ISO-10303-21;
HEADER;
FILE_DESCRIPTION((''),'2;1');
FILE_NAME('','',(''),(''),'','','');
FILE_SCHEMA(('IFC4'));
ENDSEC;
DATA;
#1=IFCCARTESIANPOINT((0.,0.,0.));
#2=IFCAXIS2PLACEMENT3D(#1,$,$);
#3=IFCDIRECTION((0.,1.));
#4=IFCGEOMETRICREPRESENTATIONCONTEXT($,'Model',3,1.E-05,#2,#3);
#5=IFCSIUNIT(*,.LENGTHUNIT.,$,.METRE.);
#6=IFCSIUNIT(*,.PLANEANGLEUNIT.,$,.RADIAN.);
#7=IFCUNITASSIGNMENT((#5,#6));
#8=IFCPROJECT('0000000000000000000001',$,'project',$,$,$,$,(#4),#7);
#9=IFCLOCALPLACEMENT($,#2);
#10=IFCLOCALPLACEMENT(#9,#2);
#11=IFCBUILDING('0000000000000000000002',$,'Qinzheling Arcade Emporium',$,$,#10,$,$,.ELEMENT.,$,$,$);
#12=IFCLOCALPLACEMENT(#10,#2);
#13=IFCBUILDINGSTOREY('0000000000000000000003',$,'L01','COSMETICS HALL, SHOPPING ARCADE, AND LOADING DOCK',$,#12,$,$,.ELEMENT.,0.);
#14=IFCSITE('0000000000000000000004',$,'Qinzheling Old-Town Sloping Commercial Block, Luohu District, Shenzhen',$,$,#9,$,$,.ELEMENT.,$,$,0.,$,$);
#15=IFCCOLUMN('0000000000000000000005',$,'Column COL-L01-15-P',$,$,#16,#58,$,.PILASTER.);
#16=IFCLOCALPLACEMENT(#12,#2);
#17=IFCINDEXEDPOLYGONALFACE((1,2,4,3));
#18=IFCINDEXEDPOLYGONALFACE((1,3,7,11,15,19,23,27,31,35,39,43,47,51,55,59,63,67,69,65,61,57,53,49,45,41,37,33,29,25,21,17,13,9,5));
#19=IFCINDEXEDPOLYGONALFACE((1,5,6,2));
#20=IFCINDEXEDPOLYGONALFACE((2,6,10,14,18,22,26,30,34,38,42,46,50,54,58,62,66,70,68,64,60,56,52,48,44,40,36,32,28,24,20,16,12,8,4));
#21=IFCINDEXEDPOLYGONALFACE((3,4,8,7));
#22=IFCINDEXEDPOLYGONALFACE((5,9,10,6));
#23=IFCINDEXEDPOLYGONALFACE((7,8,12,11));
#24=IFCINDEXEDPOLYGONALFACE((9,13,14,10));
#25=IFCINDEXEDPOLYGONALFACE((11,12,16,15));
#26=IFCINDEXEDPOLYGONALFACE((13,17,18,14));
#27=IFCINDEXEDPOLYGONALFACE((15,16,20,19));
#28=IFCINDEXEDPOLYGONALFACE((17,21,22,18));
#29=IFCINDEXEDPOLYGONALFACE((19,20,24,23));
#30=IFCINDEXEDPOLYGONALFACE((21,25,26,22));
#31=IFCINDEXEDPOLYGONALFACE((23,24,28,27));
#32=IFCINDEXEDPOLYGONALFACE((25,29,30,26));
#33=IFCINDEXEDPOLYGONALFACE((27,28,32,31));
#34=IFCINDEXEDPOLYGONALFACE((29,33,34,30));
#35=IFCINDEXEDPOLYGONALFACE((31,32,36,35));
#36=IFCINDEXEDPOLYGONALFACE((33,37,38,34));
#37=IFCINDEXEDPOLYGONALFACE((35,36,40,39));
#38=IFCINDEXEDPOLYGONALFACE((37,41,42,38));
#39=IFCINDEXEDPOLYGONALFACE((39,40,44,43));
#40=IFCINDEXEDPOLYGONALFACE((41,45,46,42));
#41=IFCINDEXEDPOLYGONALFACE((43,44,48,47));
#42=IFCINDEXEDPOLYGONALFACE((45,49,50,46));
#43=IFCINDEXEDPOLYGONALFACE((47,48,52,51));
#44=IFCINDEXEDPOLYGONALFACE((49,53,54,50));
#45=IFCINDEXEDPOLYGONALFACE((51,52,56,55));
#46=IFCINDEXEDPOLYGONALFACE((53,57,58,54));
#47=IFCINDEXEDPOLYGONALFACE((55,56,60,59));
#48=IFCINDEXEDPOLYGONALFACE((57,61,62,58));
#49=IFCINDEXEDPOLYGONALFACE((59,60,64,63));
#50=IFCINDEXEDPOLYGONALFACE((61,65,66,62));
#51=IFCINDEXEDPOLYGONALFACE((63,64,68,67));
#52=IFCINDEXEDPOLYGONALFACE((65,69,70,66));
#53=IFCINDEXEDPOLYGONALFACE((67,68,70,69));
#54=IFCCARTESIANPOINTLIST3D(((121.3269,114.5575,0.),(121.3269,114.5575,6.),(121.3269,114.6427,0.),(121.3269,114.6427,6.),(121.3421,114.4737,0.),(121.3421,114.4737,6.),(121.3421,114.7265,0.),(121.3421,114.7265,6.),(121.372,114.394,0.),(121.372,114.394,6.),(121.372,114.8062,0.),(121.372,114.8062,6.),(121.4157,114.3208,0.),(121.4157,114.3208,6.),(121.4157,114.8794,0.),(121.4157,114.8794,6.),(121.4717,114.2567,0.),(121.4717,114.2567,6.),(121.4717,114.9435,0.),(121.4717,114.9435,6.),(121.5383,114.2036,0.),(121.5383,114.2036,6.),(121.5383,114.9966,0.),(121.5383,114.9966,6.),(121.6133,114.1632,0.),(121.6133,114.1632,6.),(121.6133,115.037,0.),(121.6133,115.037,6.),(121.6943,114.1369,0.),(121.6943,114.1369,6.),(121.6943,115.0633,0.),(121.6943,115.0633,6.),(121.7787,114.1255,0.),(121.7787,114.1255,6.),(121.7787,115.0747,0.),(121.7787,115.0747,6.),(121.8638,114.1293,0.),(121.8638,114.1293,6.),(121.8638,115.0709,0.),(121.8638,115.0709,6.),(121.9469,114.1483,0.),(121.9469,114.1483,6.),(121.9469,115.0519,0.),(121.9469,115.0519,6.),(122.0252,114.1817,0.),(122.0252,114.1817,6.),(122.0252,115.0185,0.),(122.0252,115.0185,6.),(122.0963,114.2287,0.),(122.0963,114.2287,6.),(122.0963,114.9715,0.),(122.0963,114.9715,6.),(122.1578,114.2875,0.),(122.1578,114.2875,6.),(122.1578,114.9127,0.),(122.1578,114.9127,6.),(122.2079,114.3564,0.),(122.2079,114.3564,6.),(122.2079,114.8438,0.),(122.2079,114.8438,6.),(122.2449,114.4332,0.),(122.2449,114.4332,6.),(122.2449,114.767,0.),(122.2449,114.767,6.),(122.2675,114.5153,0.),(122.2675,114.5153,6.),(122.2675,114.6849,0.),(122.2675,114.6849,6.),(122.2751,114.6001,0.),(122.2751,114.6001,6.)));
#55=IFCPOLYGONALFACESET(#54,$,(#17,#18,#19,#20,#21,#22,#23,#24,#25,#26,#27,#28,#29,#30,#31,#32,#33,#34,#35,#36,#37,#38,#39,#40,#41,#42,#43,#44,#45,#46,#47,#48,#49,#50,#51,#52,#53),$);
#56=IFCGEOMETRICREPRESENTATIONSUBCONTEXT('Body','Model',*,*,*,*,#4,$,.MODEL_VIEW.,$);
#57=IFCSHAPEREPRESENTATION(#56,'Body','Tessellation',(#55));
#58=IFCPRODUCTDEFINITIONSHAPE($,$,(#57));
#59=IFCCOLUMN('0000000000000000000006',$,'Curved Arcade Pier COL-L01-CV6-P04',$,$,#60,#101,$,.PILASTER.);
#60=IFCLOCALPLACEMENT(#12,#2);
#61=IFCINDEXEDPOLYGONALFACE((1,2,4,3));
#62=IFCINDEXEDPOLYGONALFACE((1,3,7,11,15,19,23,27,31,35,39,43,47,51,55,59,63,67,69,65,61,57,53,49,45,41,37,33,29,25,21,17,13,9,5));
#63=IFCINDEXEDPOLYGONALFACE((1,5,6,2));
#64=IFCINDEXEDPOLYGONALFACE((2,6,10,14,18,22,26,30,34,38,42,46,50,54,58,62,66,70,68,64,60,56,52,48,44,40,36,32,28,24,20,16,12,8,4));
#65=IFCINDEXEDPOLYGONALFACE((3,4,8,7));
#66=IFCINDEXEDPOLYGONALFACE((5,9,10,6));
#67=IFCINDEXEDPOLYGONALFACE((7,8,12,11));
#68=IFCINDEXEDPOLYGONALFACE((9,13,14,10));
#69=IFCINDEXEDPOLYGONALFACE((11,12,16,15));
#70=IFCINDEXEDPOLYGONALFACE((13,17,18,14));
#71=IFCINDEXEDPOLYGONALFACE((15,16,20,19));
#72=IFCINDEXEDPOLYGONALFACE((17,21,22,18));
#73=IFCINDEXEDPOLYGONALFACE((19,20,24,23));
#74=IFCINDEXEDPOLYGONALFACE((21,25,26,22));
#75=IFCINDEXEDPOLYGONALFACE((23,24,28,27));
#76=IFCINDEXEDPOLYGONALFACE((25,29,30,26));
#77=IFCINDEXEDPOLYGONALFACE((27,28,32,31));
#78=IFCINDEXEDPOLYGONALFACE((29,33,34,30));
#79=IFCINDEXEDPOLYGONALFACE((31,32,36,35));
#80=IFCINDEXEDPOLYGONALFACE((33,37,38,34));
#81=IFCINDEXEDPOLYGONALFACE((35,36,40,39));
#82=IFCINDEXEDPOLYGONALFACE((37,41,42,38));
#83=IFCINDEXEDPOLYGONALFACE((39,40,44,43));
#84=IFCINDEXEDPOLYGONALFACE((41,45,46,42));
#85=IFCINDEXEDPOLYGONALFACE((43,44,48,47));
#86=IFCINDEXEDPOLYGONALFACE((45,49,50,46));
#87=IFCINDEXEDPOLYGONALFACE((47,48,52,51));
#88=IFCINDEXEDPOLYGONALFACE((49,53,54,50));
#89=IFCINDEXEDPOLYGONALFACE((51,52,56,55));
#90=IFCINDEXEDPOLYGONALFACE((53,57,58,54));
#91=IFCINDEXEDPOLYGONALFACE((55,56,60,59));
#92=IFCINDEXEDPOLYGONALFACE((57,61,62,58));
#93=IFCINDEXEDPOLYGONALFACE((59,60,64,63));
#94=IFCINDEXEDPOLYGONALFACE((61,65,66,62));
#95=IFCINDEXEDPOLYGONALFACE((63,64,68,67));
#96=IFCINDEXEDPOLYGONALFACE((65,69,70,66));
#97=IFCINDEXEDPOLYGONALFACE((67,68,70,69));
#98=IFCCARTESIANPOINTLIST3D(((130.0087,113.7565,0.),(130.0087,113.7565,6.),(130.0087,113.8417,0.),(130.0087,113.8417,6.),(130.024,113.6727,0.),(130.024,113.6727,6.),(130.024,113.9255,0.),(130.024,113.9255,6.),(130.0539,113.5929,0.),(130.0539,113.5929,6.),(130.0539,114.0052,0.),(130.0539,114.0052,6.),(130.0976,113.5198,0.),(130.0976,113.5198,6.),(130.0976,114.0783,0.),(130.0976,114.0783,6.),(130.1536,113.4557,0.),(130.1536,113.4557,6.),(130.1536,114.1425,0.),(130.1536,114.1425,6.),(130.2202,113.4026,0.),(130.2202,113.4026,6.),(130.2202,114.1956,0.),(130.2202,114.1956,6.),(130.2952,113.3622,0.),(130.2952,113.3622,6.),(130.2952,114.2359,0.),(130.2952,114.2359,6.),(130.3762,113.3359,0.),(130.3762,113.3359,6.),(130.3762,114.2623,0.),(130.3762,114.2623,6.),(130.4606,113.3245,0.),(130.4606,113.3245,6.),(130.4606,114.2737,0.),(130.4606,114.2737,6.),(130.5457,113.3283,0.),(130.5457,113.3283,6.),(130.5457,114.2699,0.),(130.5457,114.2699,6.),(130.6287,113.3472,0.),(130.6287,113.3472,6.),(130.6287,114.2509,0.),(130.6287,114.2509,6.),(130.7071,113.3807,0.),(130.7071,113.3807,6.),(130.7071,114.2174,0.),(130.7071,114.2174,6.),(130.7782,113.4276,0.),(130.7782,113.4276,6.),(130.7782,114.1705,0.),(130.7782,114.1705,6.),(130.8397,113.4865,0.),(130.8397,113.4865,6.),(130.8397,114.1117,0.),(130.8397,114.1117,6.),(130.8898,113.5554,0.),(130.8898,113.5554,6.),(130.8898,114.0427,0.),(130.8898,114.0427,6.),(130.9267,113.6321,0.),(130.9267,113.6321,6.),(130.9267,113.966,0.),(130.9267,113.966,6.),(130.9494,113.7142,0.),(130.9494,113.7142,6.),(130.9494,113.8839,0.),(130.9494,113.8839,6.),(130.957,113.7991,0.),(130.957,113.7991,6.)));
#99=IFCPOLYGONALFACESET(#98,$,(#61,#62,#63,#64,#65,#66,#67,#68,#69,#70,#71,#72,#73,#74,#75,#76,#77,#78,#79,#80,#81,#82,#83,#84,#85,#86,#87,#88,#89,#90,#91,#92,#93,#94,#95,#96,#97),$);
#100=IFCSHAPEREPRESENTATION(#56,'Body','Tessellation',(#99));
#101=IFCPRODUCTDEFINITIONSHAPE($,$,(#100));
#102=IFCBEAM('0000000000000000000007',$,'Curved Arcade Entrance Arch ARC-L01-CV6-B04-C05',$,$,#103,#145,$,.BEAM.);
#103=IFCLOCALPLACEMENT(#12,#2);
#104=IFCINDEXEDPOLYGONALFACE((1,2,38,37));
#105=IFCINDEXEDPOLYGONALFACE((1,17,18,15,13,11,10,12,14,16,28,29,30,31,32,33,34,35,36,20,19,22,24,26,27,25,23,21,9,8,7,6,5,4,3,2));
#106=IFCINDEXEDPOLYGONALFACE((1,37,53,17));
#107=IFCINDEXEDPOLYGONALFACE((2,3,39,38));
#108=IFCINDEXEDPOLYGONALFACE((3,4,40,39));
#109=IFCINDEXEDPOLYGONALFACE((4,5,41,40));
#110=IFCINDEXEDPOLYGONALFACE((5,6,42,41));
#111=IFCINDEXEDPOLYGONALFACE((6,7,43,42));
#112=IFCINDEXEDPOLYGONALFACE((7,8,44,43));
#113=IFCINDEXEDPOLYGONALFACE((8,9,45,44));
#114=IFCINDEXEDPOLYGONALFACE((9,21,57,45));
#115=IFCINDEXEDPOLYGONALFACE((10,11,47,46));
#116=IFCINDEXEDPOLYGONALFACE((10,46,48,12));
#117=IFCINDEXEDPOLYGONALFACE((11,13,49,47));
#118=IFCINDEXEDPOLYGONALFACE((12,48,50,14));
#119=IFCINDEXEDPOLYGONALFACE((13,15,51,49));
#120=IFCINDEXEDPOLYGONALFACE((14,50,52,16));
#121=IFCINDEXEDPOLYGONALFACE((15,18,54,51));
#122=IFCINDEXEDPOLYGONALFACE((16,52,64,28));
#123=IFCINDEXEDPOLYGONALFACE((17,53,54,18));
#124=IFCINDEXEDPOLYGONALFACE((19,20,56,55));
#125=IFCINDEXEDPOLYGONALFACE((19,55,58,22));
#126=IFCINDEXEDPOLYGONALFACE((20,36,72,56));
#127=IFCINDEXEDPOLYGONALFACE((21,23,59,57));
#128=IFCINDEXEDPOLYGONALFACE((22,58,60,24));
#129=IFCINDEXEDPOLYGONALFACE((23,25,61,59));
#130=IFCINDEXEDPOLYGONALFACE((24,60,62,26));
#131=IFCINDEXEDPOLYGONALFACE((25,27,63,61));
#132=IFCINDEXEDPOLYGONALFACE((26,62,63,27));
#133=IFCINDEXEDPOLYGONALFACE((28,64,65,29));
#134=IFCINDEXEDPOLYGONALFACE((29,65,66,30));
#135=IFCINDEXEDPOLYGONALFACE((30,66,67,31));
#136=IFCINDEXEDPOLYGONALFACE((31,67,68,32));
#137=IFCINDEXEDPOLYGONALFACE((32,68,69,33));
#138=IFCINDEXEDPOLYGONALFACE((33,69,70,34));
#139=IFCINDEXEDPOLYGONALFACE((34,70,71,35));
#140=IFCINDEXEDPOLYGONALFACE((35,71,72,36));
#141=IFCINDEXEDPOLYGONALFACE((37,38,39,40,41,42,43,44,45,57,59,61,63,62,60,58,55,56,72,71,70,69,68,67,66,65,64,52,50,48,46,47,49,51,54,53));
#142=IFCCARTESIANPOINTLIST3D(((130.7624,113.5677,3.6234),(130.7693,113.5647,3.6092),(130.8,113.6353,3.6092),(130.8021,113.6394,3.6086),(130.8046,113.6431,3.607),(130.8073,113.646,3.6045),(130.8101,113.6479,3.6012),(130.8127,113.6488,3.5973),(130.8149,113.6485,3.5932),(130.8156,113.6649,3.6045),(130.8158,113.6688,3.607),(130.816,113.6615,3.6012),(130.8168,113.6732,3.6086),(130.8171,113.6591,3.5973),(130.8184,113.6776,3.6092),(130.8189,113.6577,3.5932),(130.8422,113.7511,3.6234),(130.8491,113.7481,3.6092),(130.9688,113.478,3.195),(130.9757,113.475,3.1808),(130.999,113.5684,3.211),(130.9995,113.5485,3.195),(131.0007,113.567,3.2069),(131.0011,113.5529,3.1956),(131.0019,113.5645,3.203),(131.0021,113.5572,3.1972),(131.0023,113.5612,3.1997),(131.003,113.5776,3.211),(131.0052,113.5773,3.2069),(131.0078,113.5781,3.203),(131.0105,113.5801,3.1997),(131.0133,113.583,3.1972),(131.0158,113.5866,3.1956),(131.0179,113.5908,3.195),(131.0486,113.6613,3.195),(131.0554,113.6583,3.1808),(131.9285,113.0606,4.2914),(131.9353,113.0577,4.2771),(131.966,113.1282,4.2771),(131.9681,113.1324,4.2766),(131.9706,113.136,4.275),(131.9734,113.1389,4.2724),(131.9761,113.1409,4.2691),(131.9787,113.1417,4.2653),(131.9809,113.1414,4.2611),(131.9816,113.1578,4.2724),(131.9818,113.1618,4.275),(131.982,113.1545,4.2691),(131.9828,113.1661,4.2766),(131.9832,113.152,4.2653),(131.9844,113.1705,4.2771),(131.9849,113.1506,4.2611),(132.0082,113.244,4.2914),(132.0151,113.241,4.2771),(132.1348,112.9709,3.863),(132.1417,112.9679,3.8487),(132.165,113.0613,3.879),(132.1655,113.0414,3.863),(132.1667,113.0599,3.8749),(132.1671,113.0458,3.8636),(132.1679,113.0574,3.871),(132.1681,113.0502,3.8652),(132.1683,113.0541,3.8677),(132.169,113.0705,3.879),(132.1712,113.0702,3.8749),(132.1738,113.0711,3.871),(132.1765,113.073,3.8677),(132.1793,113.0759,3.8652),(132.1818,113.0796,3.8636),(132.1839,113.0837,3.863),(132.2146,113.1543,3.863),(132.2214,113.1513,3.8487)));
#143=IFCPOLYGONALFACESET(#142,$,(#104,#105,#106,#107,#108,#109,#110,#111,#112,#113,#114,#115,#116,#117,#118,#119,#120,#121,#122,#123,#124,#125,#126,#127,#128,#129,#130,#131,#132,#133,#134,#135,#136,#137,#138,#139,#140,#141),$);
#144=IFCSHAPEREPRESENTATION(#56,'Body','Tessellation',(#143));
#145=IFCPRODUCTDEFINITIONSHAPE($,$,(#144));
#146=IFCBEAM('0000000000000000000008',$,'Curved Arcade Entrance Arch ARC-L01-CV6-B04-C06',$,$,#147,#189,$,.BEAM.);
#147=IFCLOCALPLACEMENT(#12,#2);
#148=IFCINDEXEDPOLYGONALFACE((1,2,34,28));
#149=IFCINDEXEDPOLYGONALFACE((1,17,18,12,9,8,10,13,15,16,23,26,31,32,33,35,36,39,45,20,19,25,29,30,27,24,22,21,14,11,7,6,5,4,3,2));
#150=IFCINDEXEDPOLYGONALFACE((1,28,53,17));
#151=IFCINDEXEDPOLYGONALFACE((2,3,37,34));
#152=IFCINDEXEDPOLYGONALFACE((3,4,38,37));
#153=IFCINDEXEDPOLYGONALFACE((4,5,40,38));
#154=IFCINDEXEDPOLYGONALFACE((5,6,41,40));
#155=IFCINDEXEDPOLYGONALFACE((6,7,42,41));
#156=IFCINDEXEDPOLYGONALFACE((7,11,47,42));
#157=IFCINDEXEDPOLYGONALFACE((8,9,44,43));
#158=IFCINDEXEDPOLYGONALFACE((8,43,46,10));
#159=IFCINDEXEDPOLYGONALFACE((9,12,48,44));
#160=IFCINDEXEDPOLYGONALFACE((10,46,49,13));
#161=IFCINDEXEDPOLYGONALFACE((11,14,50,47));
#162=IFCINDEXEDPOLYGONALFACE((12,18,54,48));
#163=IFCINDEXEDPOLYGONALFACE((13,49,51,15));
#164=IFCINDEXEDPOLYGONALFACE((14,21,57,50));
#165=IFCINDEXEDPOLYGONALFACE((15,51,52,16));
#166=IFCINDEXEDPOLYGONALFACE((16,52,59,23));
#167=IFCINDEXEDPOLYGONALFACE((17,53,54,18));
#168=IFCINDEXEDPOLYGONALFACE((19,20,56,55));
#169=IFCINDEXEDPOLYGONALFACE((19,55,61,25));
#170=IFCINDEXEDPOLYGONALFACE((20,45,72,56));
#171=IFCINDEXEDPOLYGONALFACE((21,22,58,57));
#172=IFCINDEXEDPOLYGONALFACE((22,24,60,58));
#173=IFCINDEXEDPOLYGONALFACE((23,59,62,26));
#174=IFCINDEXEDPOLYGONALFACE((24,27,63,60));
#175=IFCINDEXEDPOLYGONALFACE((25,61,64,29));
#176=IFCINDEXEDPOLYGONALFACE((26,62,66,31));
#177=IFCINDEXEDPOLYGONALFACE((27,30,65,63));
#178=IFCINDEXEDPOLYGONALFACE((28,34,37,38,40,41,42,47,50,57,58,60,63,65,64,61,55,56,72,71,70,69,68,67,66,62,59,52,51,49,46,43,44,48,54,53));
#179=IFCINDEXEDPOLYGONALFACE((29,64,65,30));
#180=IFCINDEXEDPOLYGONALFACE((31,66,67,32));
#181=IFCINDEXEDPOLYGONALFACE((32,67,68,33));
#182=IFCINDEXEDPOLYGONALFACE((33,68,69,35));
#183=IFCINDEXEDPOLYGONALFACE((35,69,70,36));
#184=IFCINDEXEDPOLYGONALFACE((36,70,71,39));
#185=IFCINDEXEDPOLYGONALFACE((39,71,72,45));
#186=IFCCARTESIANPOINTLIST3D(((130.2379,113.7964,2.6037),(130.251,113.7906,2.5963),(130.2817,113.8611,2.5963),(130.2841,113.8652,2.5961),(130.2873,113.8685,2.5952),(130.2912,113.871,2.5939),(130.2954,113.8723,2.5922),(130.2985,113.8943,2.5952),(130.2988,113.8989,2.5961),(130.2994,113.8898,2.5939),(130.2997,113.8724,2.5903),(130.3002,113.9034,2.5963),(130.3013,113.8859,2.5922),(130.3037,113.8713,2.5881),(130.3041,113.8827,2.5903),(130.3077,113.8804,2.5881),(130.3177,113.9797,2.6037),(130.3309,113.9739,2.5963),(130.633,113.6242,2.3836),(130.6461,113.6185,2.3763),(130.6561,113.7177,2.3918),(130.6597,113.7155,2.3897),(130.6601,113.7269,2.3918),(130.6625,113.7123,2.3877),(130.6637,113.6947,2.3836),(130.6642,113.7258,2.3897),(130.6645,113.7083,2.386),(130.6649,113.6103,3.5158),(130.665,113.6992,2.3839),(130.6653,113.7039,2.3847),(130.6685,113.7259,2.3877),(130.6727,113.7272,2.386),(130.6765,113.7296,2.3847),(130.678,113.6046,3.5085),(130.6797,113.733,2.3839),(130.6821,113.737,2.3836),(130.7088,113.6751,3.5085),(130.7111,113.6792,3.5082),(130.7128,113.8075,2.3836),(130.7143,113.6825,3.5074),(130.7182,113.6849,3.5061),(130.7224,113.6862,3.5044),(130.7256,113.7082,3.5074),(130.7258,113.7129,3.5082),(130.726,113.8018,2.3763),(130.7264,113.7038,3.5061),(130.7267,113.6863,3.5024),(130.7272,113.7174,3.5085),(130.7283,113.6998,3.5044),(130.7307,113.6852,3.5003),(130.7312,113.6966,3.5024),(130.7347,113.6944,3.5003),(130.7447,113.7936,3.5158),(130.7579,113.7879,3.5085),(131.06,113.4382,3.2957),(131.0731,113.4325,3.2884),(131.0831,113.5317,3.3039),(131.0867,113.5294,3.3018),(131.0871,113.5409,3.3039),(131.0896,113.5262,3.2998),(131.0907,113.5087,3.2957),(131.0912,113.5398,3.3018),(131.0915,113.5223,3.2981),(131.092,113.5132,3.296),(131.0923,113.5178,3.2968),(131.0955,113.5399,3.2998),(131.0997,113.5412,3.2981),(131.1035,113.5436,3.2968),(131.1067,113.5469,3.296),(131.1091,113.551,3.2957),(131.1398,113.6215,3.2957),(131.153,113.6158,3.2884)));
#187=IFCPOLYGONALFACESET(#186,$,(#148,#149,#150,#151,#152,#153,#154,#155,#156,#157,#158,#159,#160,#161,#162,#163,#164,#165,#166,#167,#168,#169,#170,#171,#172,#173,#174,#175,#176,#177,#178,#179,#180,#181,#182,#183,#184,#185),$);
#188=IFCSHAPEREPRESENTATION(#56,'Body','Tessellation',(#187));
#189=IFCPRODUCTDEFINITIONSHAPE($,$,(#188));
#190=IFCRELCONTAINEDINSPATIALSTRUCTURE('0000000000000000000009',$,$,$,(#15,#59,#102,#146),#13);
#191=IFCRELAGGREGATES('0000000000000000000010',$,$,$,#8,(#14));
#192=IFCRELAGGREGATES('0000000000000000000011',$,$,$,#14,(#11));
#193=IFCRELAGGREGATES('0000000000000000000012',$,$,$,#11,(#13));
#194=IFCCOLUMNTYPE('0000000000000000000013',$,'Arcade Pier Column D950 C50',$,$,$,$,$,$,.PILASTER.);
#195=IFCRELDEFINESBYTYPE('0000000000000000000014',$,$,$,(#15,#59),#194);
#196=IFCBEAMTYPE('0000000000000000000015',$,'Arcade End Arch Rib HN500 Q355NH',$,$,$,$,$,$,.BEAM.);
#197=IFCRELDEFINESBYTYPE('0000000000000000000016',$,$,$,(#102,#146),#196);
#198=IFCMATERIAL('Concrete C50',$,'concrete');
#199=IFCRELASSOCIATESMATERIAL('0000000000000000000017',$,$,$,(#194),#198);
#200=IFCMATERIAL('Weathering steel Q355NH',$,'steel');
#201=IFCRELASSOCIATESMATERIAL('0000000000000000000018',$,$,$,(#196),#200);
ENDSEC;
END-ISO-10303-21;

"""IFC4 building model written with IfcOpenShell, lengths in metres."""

from ifc_helpers import new_model, si_unit, direction, frame, origin, origin_2d, place, context, subcontext, project, spatial, circle, i_section, extrude, material, material_profile, profile_set, type_object, element, save


model = new_model("IFC4")

# Units and contexts
model_context = context("Model", 3, precision=1e-05, world=origin(), true_north=direction((0.0, 1.0)))
body_context = subcontext(model_context, "Body", "Model", "MODEL_VIEW")
ifc_project = project(units=[si_unit("LENGTHUNIT", "METRE"), si_unit("PLANEANGLEUNIT", "RADIAN")], contexts=[model_context])

# Site, building, storey
site_placement = place(None, origin())
site = spatial("IfcSite", under=ifc_project, at=site_placement, Name="Qinzheling Old-Town Sloping Commercial Block, Luohu District, Shenzhen", CompositionType="ELEMENT", RefElevation=0.0)
building_placement = place(site_placement, origin())
building = spatial("IfcBuilding", under=site, at=building_placement, Name="Qinzheling Arcade Emporium", CompositionType="ELEMENT")
storey_placement = place(building_placement, origin())
storey = spatial("IfcBuildingStorey", under=building, at=storey_placement, Name="L01", Description="COSMETICS HALL, SHOPPING ARCADE, AND LOADING DOCK", CompositionType="ELEMENT", Elevation=0.0)

# Columns
ifc_material_1 = material(Name="Concrete C50", Category="concrete")
ifc_material_profile_1 = material_profile(ifc_material_1, circle(Radius=0.4751, at=origin_2d()), Name="RC D950", Category="concrete")
ifc_profile_set_1 = profile_set([ifc_material_profile_1], Name="Concrete C50")
column_type = type_object("IfcColumnType", Name="Arcade Pier Column D950 C50", PredefinedType="PILASTER", material=ifc_profile_set_1)
for number, where, z_axis, x_axis, name in (
    (1, (121.8, 114.6001, 0.0), (0.0, 0.0, 1.0), (1.0, 0.0, 0.0), "Column COL-L01-15-P"),
    (2, (130.4819, 113.7991, 0.0), (0.0, 0.0, 1.0), (1.0, 0.0, 0.0), "Curved Arcade Pier COL-L01-CV6-P04"),
):
    element("IfcColumn", number, at=place(storey_placement, frame(where, z_axis=z_axis, x_axis=x_axis)), inside=storey, type_object=column_type, Name=name, PredefinedType="PILASTER", context=body_context, shape_type="SweptSolid", body=[
        extrude(circle(Radius=0.4751, at=origin_2d()), origin(), (0.0, 0.0, 1.0), 6.0),
    ])

# Beams
ifc_material_2 = material(Name="Weathering steel Q355NH", Category="steel")
ifc_material_profile_2 = material_profile(ifc_material_2, i_section(OverallWidth=0.2, OverallDepth=0.5, WebThickness=0.01, FlangeThickness=0.0161, FilletRadius=0.0181, at=origin_2d()), Name="HN 500x200x10x16", Category="steel")
ifc_profile_set_2 = profile_set([ifc_material_profile_2], Name="Weathering steel Q355NH")
beam_type_1 = type_object("IfcBeamType", Name="Arcade End Arch Rib HN500 Q355NH", PredefinedType="BEAM", material=ifc_profile_set_2)
beam_1_placement = place(storey_placement, frame((132.075, 113.106, 4.0701), z_axis=(-0.811829, 0.353051, -0.465068), x_axis=(-0.398803, -0.917036, 0.0)))
element("IfcBeam", 3, at=beam_1_placement, inside=storey, type_object=beam_type_1, Name="Curved Arcade Entrance Arch ARC-L01-CV6-B04-C05", PredefinedType="BEAM", context=body_context, shape_type="SweptSolid", body=[
    extrude(i_section(OverallWidth=0.2, OverallDepth=0.5, WebThickness=0.01, FlangeThickness=0.0161, FilletRadius=0.0181, at=origin_2d()), origin(), (0.0, 0.0, 1.0), 1.4363),
])
beam_2_placement = place(storey_placement, frame((130.9089, 113.613, 3.4021), z_axis=(-0.416933, 0.181648, -0.890601), x_axis=(-0.399416, -0.91677, 0.0)))
element("IfcBeam", 4, at=beam_2_placement, inside=storey, type_object=beam_type_1, Name="Curved Arcade Entrance Arch ARC-L01-CV6-B04-C06", PredefinedType="BEAM", context=body_context, shape_type="SweptSolid", body=[
    extrude(i_section(OverallWidth=0.2, OverallDepth=0.5, WebThickness=0.01, FlangeThickness=0.0161, FilletRadius=0.0181, at=origin_2d()), origin(), (0.0, 0.0, 1.0), 1.0242),
])

save(model, "model.ifc")
